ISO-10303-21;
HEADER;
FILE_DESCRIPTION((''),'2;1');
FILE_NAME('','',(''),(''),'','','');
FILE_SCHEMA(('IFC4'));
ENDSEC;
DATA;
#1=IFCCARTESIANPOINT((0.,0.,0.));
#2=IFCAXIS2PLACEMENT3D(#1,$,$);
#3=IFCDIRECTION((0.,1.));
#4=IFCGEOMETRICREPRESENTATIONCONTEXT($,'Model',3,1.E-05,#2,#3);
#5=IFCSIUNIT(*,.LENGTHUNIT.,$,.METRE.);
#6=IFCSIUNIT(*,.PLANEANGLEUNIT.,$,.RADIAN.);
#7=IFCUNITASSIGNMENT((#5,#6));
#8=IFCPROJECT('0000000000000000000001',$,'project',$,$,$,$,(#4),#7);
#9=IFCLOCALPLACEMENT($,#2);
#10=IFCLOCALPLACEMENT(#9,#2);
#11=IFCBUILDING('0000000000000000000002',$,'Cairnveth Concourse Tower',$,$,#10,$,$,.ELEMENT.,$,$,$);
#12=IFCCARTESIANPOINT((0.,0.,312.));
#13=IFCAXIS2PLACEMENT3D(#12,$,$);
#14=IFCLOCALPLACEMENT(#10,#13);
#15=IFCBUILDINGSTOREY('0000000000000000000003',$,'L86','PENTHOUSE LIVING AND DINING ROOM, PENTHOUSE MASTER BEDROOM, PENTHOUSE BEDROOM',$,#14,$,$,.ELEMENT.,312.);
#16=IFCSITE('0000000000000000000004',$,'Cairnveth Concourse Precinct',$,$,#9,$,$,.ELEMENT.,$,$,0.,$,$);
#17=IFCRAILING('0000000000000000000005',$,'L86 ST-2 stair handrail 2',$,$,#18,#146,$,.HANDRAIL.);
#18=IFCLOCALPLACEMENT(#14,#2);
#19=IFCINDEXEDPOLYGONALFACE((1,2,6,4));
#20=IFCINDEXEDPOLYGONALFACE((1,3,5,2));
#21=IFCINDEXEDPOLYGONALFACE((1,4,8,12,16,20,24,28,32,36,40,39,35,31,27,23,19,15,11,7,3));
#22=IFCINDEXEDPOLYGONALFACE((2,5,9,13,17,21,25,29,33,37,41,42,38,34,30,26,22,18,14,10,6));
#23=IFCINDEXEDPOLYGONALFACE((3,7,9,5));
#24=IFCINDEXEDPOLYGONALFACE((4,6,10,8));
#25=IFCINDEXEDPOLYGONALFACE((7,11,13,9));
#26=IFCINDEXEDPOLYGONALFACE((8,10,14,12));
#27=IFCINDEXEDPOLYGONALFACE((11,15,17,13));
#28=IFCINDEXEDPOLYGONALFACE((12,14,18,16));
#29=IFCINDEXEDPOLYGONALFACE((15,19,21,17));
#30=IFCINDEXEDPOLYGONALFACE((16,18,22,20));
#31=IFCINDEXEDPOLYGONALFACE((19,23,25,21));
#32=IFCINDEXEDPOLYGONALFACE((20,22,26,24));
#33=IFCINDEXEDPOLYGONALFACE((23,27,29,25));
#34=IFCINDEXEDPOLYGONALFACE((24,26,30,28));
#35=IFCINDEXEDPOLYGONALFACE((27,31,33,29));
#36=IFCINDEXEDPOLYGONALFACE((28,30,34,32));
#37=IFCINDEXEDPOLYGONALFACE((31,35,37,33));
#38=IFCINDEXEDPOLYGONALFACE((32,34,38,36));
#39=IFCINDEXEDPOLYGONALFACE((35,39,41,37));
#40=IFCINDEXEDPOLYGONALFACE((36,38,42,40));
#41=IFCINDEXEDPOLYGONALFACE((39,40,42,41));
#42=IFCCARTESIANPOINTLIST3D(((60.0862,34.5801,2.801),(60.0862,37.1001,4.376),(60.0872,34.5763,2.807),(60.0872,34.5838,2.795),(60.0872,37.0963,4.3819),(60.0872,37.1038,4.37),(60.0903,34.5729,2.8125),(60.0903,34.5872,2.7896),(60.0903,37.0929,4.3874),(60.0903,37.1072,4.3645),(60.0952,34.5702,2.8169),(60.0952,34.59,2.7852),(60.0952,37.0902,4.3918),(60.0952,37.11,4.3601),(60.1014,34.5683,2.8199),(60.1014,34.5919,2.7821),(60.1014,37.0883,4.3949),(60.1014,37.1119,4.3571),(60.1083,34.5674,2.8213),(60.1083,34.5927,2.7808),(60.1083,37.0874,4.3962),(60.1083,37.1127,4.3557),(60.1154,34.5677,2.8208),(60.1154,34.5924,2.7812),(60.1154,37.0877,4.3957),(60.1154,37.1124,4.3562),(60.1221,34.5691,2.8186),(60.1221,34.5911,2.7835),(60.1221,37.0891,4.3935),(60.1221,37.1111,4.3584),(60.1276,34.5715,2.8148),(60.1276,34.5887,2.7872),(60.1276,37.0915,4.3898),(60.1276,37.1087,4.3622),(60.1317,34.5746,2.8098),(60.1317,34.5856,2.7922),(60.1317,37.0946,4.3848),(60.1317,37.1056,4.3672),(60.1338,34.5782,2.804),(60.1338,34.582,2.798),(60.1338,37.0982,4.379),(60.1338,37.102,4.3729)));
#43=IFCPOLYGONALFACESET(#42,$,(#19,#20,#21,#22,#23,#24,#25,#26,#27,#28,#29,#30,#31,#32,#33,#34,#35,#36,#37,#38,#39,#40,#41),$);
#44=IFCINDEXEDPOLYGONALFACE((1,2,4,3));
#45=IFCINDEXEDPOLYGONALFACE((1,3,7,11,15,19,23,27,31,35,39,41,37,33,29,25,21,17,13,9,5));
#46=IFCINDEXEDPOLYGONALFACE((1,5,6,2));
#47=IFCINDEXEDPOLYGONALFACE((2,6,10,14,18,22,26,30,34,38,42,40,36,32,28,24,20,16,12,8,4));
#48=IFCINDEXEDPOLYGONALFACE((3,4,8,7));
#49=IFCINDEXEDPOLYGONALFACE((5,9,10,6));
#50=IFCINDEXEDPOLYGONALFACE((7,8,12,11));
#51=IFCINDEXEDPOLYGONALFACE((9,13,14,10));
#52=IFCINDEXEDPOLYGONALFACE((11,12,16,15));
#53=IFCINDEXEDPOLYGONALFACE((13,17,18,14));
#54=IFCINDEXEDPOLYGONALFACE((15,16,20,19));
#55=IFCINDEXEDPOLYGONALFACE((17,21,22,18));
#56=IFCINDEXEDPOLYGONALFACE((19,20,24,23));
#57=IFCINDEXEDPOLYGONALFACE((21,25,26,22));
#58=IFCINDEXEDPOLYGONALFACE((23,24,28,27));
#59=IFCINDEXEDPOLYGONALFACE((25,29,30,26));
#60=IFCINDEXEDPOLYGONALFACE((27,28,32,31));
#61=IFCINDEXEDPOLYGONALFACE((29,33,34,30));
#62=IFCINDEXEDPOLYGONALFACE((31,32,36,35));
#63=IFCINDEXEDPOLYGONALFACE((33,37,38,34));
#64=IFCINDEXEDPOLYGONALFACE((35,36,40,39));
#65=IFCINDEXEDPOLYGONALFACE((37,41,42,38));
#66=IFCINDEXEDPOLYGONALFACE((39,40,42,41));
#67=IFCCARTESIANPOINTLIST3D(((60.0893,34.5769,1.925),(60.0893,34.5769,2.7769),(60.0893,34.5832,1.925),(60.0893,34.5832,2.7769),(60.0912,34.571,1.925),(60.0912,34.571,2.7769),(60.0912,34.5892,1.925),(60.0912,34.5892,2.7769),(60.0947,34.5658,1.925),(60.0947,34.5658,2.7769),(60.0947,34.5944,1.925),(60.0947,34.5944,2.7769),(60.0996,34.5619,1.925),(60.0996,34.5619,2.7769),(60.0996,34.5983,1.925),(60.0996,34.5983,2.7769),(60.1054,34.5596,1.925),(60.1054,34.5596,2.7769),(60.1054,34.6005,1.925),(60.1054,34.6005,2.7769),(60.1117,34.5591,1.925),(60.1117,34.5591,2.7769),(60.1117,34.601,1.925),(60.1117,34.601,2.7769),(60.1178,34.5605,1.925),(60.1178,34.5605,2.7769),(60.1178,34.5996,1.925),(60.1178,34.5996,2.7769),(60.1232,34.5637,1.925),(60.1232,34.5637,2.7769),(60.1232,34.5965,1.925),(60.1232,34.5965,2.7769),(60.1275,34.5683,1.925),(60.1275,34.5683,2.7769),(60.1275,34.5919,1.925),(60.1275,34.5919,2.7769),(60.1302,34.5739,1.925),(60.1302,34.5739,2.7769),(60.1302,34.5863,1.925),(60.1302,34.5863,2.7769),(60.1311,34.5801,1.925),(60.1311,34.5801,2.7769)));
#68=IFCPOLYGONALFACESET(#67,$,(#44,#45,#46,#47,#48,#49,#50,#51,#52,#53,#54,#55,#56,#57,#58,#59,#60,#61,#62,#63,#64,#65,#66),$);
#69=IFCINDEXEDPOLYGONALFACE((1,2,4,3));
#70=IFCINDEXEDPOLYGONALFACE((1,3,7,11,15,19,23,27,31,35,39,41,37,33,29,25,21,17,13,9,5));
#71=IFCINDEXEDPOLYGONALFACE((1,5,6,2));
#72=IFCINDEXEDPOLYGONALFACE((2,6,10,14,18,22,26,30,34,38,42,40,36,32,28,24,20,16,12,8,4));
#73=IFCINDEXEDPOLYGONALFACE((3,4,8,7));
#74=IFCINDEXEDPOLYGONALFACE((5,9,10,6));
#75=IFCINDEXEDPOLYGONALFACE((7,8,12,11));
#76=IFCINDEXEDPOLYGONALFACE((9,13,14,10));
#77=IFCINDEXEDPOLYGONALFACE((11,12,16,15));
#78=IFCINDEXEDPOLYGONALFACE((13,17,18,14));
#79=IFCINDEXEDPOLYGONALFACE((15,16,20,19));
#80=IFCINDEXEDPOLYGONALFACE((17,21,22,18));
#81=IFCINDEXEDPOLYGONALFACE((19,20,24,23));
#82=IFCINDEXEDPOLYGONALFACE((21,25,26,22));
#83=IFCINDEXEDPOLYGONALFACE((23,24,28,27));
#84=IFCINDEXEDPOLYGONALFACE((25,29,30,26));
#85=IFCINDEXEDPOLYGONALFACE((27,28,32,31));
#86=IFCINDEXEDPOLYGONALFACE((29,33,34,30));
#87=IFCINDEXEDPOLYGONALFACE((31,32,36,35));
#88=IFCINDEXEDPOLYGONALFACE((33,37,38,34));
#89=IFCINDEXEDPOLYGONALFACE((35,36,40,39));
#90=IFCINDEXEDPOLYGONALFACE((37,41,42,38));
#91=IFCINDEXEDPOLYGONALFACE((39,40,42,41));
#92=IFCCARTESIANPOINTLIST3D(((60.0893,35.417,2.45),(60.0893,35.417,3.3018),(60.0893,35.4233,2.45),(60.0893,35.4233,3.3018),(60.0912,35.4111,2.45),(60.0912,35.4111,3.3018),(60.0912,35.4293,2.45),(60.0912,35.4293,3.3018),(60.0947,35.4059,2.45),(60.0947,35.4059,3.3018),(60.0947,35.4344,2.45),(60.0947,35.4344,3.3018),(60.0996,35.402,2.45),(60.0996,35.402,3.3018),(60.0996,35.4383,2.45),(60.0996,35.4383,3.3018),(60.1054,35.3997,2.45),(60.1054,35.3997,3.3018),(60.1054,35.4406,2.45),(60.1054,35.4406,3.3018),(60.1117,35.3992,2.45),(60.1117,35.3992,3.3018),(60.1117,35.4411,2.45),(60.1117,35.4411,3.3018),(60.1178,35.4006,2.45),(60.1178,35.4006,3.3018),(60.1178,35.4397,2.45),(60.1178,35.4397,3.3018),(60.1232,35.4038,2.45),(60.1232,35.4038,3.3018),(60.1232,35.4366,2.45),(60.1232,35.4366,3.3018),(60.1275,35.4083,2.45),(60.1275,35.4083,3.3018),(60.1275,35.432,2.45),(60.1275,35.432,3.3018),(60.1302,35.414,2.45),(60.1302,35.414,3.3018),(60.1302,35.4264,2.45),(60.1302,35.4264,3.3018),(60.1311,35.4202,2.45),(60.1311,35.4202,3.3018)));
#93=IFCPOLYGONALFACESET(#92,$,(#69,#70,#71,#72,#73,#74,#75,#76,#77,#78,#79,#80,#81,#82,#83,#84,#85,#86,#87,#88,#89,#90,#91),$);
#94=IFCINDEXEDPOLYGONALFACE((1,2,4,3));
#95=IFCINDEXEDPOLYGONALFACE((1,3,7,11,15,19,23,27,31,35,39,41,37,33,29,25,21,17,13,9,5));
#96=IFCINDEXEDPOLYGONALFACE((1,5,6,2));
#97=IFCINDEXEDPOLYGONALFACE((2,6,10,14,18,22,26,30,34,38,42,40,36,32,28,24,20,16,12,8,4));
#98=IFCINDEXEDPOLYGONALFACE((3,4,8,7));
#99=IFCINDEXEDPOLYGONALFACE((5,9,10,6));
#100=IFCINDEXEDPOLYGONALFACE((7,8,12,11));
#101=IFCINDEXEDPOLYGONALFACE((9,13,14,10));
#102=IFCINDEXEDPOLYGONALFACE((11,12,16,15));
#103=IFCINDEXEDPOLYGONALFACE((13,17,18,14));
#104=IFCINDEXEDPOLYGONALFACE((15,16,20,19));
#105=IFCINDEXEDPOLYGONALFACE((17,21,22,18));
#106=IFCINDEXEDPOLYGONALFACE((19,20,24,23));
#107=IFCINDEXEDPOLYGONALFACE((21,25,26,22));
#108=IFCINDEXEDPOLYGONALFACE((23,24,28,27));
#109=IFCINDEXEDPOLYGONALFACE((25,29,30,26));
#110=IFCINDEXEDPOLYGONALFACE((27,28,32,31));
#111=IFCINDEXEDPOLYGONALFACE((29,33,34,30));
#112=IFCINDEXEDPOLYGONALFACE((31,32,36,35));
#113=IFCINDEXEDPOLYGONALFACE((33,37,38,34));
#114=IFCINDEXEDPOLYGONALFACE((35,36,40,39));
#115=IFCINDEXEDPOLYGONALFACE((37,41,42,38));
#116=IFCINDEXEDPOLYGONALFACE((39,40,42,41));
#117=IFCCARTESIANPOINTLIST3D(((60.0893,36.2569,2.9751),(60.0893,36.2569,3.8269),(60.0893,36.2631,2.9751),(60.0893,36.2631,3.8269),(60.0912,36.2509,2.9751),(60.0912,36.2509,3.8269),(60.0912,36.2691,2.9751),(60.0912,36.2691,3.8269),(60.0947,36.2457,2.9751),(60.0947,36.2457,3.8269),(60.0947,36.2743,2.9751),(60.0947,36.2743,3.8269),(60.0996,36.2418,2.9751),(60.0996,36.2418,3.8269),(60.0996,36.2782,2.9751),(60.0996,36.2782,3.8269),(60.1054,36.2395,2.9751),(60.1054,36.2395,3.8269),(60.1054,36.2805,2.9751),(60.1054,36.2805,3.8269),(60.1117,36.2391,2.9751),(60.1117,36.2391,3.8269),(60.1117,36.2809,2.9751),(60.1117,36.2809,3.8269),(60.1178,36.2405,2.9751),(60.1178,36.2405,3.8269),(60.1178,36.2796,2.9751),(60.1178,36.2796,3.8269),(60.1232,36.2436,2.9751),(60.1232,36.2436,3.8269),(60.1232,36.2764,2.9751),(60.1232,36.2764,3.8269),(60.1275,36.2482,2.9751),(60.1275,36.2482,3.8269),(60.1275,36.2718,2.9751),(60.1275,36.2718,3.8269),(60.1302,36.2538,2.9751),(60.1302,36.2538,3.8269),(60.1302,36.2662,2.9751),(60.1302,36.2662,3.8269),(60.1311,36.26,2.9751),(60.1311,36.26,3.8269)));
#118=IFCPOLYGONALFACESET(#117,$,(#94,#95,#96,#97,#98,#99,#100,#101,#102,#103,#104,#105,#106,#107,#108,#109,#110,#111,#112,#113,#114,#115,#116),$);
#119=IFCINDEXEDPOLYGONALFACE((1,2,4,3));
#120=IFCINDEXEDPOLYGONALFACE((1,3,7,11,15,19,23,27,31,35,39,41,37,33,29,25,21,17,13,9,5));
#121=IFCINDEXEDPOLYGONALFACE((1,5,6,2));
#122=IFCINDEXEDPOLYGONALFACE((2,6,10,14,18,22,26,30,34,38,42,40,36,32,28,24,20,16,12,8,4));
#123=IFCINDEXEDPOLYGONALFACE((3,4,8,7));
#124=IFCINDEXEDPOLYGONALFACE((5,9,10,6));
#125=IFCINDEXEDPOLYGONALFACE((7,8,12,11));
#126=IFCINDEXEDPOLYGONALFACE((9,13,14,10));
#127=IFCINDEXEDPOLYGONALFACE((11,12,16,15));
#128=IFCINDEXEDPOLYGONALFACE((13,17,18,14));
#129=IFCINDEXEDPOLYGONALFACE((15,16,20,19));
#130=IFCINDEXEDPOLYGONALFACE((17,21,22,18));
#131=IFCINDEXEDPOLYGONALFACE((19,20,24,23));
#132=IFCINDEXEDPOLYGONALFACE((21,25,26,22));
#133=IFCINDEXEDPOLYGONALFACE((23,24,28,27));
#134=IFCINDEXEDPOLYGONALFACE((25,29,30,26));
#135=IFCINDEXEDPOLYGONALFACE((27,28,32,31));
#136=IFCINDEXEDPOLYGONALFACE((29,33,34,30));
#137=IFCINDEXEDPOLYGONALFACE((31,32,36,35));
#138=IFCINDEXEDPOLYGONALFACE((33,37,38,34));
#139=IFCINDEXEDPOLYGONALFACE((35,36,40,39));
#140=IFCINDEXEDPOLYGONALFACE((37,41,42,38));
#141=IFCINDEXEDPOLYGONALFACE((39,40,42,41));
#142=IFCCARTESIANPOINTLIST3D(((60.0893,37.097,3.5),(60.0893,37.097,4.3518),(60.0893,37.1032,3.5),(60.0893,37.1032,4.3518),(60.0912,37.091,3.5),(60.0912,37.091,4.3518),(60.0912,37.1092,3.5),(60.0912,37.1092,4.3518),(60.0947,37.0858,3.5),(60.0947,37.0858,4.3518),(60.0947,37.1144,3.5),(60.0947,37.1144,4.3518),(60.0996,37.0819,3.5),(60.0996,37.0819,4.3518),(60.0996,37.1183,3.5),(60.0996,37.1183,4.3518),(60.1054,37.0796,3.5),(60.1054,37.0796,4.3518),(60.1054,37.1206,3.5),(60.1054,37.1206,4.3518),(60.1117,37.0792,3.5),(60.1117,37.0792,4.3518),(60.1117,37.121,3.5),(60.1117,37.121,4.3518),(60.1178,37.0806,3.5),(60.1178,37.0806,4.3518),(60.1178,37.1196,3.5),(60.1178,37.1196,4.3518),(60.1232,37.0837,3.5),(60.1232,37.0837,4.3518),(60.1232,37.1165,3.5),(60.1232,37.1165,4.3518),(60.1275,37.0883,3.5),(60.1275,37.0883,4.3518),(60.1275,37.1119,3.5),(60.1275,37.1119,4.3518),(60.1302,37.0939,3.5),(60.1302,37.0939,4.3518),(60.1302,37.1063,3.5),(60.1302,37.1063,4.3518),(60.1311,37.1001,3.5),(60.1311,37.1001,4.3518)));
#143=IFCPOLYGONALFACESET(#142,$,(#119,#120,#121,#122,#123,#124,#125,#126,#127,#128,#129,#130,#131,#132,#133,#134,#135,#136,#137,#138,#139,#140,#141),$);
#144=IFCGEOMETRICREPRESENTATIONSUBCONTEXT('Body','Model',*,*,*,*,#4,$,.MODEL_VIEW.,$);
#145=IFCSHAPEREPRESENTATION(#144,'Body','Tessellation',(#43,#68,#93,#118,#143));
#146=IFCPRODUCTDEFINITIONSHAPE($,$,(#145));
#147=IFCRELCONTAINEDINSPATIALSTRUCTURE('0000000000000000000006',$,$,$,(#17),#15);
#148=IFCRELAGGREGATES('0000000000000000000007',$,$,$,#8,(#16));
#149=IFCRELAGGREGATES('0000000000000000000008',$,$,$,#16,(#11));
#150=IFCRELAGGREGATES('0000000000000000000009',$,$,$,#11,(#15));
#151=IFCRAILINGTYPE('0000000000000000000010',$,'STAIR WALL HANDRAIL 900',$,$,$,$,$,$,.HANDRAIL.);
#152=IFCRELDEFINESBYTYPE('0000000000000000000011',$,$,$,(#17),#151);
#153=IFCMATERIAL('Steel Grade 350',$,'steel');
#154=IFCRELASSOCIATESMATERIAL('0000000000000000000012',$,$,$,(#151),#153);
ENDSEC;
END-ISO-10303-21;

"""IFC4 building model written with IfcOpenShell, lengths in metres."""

from ifc_helpers import new_model, si_unit, direction, frame, origin, origin_2d, place, context, subcontext, project, spatial, circle, extrude, material, type_object, element, save


model = new_model("IFC4")

# Units and contexts
model_context = context("Model", 3, precision=1e-05, world=origin(), true_north=direction((0.0, 1.0)))
body_context = subcontext(model_context, "Body", "Model", "MODEL_VIEW")
ifc_project = project(units=[si_unit("LENGTHUNIT", "METRE"), si_unit("PLANEANGLEUNIT", "RADIAN")], contexts=[model_context])

# Site, building, storey
site_placement = place(None, origin())
site = spatial("IfcSite", under=ifc_project, at=site_placement, Name="Cairnveth Concourse Precinct", CompositionType="ELEMENT", RefElevation=0.0)
building_placement = place(site_placement, origin())
building = spatial("IfcBuilding", under=site, at=building_placement, Name="Cairnveth Concourse Tower", CompositionType="ELEMENT")
storey_placement = place(building_placement, frame((0.0, 0.0, 312.0)))
storey = spatial("IfcBuildingStorey", under=building, at=storey_placement, Name="L86", Description="PENTHOUSE LIVING AND DINING ROOM, PENTHOUSE MASTER BEDROOM, PENTHOUSE BEDROOM", CompositionType="ELEMENT", Elevation=312.0)

# Shared definitions
ifc_material_1 = material(Name="Steel Grade 350", Category="steel")

# Railing
railing_type_1 = type_object("IfcRailingType", Name="STAIR WALL HANDRAIL 900", PredefinedType="HANDRAIL", material=ifc_material_1)
railing_1_placement = place(storey_placement, frame((60.1101, 34.5801, 1.925)))
element("IfcRailing", 1, at=railing_1_placement, inside=storey, type_object=railing_type_1, Name="L86 ST-2 stair handrail 2", PredefinedType="HANDRAIL", context=body_context, shape_type="SweptSolid", body=[
    extrude(circle(Radius=0.0239, at=origin_2d()), frame((0.0, 0.0, 0.876), z_axis=(0.0, 0.848008, 0.529984), x_axis=(-1.0, 0.0, 0.0)), (0.0, 0.0, 1.0), 2.9717),
    extrude(circle(Radius=0.021, at=origin_2d()), origin(), (0.0, 0.0, 1.0), 0.8518),
    extrude(circle(Radius=0.021, at=origin_2d()), frame((0.0, 0.8401, 0.5249)), (0.0, 0.0, 1.0), 0.8518),
    extrude(circle(Radius=0.021, at=origin_2d()), frame((0.0, 1.6799, 1.05)), (0.0, 0.0, 1.0), 0.8518),
    extrude(circle(Radius=0.021, at=origin_2d()), frame((0.0, 2.52, 1.575)), (0.0, 0.0, 1.0), 0.8518),
])

save(model, "model.ifc")
